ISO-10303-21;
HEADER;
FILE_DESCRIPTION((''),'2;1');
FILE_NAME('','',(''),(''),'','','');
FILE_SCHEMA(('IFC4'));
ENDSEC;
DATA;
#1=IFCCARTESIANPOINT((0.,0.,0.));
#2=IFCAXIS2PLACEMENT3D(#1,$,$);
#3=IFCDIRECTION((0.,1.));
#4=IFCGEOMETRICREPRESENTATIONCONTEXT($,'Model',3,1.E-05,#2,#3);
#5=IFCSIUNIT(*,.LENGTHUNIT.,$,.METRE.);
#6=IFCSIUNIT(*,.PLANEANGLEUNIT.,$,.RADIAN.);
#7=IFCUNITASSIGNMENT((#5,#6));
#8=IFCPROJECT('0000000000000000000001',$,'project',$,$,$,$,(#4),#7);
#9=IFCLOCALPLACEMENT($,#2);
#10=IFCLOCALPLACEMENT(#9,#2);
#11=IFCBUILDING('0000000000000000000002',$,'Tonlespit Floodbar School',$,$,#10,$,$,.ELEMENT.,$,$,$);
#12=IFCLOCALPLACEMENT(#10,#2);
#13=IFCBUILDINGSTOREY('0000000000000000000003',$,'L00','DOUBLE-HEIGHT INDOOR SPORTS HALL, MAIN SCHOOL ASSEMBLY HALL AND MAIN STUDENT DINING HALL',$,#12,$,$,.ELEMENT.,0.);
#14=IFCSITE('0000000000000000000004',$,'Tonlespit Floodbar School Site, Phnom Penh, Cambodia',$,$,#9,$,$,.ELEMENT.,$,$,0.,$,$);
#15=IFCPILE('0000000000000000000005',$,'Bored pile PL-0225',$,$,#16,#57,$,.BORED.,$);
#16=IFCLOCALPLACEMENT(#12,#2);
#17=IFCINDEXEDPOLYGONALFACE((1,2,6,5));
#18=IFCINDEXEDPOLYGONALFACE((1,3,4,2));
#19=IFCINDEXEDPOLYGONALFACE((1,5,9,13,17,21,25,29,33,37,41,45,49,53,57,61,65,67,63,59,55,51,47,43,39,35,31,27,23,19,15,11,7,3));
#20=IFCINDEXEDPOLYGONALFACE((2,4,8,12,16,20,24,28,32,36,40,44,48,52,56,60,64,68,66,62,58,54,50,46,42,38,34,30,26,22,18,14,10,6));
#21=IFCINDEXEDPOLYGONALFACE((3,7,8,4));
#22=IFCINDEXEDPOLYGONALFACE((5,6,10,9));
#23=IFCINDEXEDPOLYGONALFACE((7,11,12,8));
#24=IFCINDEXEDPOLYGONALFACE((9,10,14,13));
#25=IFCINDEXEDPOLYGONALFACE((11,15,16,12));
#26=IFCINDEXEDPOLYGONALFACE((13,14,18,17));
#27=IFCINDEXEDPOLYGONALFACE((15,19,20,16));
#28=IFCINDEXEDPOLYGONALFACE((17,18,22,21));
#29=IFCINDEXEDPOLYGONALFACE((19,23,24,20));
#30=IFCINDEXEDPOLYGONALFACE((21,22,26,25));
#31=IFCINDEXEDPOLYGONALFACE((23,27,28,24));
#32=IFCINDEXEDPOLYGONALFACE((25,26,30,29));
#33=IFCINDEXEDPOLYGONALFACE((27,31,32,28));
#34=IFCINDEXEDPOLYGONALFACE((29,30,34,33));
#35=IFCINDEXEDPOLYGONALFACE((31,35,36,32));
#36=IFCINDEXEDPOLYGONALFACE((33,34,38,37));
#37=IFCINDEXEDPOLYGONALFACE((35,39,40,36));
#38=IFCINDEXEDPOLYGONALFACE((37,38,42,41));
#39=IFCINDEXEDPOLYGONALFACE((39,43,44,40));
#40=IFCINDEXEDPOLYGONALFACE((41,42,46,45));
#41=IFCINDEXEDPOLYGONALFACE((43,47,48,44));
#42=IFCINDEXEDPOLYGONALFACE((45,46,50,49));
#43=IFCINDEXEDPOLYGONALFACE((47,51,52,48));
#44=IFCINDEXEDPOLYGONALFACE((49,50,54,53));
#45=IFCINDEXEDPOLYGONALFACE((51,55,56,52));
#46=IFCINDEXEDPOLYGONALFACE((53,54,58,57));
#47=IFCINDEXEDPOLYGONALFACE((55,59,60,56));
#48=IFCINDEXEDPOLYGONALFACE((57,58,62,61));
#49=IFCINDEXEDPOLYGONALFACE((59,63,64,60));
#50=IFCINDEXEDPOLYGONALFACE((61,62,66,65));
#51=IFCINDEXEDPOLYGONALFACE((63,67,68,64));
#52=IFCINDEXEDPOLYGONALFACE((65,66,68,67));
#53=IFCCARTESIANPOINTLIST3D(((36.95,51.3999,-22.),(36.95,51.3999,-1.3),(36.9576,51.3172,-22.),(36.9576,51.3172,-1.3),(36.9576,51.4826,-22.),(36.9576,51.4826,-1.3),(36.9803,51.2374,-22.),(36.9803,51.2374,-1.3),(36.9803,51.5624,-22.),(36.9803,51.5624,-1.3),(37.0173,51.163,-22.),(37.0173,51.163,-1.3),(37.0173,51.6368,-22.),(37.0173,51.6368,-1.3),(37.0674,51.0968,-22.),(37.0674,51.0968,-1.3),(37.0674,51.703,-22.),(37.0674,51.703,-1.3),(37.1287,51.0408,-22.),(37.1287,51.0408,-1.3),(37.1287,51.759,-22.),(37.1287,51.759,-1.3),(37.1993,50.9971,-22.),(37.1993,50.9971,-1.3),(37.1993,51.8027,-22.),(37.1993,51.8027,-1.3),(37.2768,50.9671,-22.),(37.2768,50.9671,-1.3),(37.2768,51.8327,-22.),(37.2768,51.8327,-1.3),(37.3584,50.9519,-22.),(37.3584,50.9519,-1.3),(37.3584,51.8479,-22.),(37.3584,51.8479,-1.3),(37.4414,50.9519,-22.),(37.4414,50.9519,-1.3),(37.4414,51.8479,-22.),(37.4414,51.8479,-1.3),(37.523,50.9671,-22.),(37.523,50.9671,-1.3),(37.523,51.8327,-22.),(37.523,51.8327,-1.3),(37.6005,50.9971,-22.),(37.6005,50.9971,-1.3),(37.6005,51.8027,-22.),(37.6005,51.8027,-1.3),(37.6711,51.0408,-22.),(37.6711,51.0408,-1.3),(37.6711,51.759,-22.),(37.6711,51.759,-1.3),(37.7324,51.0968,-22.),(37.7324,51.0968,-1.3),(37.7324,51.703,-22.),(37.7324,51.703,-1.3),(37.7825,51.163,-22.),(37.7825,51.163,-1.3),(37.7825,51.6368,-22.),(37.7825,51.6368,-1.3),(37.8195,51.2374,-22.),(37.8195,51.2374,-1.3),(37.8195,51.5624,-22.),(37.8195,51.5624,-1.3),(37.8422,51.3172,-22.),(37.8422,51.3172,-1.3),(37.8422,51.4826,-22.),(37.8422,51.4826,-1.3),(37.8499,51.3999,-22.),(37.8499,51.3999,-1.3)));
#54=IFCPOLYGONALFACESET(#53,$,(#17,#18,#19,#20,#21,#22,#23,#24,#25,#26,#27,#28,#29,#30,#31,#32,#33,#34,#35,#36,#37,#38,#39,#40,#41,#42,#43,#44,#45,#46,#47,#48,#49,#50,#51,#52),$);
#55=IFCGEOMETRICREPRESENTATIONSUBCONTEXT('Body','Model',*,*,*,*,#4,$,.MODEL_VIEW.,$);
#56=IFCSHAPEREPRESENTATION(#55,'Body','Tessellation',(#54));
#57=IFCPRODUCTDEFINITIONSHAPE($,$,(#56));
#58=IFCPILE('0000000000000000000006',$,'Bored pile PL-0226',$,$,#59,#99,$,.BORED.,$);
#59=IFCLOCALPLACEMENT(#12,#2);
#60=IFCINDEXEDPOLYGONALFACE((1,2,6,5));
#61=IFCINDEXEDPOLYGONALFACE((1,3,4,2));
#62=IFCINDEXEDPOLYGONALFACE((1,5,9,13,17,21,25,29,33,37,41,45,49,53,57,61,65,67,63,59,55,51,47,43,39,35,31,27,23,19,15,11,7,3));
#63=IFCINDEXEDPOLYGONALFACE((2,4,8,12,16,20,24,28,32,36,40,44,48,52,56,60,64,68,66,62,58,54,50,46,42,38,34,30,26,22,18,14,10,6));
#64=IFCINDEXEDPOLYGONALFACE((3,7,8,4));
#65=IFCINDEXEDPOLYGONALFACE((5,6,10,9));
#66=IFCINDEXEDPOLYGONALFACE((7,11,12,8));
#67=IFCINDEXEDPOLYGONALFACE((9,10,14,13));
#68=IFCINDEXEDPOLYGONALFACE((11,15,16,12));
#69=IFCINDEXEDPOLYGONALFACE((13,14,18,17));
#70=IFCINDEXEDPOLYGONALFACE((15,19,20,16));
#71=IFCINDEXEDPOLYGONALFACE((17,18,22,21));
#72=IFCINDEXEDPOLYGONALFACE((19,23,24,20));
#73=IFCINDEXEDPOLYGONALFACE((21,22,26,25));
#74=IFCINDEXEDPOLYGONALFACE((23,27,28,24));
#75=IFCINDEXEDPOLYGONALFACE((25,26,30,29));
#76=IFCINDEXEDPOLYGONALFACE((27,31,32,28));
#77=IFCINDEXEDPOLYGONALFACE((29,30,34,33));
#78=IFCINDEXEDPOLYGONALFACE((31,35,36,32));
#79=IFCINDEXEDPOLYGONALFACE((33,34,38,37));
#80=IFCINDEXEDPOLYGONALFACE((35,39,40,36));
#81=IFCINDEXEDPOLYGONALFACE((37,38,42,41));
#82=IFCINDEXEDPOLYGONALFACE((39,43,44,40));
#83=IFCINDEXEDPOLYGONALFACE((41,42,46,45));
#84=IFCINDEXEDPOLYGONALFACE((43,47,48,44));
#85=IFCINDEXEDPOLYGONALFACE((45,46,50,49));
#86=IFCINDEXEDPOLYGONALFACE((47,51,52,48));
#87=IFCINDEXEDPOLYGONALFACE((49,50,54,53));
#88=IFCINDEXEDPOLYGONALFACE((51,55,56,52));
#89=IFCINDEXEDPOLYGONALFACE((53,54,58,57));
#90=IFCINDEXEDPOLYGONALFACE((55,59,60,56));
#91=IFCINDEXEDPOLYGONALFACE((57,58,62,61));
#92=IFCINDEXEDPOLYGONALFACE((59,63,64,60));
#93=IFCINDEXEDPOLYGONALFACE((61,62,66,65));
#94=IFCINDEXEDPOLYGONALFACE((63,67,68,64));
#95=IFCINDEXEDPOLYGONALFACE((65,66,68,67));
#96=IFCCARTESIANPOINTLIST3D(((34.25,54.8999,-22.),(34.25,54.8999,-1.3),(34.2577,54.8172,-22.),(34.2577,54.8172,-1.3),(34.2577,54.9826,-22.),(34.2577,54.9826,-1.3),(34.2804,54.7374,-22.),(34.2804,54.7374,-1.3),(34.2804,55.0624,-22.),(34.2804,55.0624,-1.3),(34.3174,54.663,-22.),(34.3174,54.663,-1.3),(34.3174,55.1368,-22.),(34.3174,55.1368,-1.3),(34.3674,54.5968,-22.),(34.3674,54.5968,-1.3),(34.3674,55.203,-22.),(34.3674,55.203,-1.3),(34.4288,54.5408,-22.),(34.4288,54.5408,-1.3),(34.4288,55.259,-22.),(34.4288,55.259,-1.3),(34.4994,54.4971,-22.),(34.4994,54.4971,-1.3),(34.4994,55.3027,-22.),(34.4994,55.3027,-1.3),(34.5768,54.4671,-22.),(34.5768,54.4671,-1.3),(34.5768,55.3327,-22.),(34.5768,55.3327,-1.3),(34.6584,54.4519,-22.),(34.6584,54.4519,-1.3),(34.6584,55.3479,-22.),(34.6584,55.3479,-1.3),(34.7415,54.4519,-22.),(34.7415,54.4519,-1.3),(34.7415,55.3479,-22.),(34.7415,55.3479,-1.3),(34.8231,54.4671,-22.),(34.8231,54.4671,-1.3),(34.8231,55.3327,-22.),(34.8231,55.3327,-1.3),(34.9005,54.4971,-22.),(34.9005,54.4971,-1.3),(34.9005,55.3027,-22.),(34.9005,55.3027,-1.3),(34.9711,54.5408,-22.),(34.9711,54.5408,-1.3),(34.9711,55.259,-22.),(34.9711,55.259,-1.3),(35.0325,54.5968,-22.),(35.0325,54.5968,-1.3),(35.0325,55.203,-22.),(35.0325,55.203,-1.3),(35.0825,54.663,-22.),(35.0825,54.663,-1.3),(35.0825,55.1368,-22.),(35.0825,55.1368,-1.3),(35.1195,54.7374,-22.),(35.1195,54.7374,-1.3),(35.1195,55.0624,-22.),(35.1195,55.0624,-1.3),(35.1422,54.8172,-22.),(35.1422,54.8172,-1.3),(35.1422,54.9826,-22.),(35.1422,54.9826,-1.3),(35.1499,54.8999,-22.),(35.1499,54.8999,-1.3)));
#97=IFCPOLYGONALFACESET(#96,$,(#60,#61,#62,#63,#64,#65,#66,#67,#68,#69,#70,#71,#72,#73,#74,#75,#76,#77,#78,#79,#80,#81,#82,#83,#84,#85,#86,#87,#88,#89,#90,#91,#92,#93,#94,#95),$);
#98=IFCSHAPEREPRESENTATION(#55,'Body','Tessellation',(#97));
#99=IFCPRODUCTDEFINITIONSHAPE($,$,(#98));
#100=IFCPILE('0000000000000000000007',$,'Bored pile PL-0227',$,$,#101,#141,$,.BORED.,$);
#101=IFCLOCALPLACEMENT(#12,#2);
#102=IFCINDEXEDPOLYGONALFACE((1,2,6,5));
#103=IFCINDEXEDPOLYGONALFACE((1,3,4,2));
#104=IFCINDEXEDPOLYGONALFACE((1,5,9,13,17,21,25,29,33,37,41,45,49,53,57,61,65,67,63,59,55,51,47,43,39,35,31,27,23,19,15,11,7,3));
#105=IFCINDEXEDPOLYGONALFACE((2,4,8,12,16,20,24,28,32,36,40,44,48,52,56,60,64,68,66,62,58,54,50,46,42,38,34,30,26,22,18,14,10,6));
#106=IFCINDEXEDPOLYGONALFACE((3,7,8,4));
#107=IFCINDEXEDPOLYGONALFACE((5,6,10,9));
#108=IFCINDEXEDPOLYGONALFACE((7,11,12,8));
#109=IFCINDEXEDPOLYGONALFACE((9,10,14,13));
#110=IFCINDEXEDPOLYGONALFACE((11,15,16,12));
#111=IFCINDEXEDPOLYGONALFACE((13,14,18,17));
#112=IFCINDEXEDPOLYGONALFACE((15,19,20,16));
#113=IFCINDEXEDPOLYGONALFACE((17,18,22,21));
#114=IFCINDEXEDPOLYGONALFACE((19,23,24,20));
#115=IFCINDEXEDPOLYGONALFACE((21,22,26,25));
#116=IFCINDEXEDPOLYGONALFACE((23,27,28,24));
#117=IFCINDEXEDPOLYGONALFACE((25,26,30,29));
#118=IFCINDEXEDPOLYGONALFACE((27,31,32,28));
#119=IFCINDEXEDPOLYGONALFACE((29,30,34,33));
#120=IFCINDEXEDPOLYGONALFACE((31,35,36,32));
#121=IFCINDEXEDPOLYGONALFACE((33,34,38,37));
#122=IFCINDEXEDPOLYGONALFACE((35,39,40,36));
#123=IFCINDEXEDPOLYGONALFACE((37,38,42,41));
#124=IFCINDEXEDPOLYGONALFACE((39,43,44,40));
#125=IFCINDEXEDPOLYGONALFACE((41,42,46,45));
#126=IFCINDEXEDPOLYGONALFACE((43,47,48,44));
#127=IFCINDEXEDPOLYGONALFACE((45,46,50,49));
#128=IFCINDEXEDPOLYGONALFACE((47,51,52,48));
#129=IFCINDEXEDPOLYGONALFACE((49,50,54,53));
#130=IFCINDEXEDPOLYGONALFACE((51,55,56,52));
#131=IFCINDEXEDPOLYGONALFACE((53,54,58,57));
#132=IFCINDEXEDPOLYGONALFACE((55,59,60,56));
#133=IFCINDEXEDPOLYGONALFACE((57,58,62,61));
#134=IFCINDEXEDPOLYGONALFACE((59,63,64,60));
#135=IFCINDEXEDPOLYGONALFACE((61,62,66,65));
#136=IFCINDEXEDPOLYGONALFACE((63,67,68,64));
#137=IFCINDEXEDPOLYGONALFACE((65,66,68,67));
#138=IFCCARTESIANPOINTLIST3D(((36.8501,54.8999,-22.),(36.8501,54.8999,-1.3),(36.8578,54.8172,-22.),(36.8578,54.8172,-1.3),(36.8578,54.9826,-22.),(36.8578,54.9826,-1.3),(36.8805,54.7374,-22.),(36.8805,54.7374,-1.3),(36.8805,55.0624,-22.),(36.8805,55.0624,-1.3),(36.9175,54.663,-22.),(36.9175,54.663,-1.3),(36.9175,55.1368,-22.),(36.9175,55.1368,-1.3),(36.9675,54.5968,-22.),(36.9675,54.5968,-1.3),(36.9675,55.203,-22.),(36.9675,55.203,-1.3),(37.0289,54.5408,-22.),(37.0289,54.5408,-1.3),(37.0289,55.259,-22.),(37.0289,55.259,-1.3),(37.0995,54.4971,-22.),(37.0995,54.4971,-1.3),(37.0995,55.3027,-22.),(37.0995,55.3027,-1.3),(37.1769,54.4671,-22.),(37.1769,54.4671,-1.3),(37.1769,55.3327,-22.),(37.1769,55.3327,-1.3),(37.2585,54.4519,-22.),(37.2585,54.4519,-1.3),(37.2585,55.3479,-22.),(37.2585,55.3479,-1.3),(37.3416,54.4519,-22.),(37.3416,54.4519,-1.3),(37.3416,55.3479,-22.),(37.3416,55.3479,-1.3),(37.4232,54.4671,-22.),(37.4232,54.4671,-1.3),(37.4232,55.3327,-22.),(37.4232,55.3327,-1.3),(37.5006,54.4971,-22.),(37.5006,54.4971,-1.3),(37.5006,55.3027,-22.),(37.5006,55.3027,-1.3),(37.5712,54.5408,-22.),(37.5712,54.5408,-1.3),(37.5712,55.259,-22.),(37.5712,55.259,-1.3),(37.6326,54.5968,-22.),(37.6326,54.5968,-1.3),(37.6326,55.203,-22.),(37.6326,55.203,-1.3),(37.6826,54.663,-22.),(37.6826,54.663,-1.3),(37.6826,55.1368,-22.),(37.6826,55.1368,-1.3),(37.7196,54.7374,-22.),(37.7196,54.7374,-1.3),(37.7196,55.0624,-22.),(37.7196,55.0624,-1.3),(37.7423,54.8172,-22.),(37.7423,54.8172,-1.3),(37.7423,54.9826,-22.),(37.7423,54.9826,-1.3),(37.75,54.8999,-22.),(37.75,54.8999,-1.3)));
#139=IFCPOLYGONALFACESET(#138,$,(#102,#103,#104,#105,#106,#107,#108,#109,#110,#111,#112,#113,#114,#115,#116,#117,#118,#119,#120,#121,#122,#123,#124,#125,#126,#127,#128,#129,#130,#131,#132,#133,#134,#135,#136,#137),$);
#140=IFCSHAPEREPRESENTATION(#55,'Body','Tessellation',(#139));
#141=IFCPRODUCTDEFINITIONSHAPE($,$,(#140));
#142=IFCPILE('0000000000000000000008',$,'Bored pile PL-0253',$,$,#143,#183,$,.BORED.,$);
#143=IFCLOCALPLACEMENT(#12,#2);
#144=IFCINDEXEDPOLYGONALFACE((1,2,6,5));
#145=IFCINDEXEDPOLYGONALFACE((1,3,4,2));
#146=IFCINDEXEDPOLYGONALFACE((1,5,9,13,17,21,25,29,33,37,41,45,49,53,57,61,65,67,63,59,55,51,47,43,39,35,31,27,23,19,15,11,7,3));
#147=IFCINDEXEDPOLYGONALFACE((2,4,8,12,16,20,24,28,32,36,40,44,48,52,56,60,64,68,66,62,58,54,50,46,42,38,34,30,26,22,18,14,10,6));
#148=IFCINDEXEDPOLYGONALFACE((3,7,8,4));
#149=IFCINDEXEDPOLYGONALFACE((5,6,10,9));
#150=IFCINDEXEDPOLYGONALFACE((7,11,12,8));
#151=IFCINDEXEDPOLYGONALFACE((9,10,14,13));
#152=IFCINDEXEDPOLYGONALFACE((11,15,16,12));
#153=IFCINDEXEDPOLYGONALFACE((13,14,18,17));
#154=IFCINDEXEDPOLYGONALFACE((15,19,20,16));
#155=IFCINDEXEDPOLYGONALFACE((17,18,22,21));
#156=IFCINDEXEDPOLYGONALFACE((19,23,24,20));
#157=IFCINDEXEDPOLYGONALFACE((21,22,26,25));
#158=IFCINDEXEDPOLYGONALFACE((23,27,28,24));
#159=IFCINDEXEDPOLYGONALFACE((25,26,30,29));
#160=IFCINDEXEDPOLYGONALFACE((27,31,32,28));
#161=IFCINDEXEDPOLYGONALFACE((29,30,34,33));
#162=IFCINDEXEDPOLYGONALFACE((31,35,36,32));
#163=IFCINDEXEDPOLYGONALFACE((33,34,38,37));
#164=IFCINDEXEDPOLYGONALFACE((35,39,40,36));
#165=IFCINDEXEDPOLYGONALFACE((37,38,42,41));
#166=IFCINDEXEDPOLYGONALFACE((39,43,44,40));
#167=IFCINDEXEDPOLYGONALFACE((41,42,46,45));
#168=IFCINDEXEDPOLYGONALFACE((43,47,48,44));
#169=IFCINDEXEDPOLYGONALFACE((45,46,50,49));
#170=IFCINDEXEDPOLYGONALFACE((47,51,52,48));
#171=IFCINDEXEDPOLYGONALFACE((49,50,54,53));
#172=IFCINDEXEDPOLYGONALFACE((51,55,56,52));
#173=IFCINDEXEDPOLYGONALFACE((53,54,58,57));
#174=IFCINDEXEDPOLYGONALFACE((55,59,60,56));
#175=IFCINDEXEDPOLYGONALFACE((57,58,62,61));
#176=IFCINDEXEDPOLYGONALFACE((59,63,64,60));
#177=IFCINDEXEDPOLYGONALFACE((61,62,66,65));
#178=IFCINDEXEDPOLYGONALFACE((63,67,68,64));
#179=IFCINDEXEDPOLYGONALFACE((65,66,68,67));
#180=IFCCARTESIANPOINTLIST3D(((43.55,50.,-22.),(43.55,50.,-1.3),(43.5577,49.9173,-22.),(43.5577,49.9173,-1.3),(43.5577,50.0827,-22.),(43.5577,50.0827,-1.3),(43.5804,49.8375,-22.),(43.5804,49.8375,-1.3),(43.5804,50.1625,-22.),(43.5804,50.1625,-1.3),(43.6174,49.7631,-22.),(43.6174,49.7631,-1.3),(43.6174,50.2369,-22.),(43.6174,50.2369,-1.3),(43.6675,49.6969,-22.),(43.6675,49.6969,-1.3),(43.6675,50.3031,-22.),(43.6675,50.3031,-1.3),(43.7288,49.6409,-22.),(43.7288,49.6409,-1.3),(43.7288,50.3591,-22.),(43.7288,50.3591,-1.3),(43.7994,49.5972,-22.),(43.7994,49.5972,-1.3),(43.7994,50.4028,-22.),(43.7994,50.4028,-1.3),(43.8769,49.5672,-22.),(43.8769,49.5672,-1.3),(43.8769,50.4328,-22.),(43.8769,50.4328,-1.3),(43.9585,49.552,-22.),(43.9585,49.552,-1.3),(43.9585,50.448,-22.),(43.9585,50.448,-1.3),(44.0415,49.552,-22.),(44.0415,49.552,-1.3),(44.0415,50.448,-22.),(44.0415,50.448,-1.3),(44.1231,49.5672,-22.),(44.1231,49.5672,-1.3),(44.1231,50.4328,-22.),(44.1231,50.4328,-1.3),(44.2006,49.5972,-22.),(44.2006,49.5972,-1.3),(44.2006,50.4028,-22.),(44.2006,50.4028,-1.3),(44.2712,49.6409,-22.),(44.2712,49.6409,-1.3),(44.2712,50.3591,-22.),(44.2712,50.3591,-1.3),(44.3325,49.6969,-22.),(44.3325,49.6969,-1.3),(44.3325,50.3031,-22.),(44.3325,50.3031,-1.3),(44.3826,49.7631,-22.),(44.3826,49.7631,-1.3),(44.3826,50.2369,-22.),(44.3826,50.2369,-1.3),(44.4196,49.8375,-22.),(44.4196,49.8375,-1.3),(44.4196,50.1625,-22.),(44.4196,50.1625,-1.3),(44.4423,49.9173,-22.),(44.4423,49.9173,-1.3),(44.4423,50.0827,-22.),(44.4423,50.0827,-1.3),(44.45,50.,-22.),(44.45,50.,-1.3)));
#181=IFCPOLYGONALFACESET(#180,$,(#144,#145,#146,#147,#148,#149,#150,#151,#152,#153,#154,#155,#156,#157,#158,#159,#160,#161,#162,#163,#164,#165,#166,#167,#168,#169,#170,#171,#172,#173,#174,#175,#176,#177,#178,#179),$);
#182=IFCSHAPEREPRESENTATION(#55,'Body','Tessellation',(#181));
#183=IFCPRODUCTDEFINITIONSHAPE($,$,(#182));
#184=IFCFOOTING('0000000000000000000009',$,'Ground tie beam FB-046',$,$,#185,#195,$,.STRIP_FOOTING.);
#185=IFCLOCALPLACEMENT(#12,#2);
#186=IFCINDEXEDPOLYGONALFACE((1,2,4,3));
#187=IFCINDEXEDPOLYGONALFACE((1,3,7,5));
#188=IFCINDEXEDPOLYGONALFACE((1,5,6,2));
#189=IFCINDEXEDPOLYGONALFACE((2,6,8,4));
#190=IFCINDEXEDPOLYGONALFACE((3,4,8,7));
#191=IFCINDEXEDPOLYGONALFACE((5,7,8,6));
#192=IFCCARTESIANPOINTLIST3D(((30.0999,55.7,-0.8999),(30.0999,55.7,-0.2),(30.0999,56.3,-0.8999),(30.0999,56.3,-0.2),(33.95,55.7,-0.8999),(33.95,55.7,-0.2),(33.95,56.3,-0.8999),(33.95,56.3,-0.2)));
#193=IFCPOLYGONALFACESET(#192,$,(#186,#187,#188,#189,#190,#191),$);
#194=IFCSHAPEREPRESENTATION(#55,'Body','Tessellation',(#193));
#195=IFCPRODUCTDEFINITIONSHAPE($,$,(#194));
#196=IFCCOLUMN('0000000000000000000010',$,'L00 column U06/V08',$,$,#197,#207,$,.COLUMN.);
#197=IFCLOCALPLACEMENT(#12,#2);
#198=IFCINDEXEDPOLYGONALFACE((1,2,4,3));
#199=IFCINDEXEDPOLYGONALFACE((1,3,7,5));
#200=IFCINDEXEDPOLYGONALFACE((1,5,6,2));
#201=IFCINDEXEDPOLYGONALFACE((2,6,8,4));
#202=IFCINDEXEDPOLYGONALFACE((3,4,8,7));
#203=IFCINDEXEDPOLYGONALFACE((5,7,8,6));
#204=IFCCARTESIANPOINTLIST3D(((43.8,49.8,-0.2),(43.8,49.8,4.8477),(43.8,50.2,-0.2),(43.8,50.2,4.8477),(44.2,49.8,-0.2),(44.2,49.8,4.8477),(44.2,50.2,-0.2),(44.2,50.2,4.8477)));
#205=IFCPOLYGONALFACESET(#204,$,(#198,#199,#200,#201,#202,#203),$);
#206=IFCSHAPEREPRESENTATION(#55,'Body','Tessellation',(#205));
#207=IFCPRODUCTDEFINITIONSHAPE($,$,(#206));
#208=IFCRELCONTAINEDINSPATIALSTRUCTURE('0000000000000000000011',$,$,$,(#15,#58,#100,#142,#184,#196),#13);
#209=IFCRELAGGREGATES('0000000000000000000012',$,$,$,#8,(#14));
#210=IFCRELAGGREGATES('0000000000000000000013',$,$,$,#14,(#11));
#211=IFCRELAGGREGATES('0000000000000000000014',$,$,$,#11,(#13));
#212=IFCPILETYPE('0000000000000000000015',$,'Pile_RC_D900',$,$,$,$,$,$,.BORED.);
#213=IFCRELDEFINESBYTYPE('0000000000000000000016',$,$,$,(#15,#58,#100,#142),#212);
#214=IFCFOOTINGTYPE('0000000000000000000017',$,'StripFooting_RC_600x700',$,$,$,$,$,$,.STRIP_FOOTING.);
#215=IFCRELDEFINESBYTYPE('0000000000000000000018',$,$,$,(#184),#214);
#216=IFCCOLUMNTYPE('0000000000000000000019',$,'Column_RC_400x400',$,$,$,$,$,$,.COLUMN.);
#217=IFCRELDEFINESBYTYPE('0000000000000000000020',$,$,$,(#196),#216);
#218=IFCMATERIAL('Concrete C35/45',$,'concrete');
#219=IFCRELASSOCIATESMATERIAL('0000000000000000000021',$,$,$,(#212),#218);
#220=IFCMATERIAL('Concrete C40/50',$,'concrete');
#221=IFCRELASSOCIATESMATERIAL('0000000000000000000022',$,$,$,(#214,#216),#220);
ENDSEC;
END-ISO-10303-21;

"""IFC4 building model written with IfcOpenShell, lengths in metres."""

from ifc_helpers import new_model, si_unit, direction, frame, origin, origin_2d, place, context, subcontext, project, spatial, rectangle, circle, extrude, material, material_profile, profile_set, type_object, element, save


model = new_model("IFC4")

# Units and contexts
model_context = context("Model", 3, precision=1e-05, world=origin(), true_north=direction((0.0, 1.0)))
body_context = subcontext(model_context, "Body", "Model", "MODEL_VIEW")
ifc_project = project(units=[si_unit("LENGTHUNIT", "METRE"), si_unit("PLANEANGLEUNIT", "RADIAN")], contexts=[model_context])

# Site, building, storey
site_placement = place(None, origin())
site = spatial("IfcSite", under=ifc_project, at=site_placement, Name="Tonlespit Floodbar School Site, Phnom Penh, Cambodia", CompositionType="ELEMENT", RefElevation=0.0)
building_placement = place(site_placement, origin())
building = spatial("IfcBuilding", under=site, at=building_placement, Name="Tonlespit Floodbar School", CompositionType="ELEMENT")
storey_placement = place(building_placement, origin())
storey = spatial("IfcBuildingStorey", under=building, at=storey_placement, Name="L00", Description="DOUBLE-HEIGHT INDOOR SPORTS HALL, MAIN SCHOOL ASSEMBLY HALL AND MAIN STUDENT DINING HALL", CompositionType="ELEMENT", Elevation=0.0)

# Shared definitions
ifc_material_1 = material(Name="Concrete C40/50", Category="concrete")

# Piles
ifc_material_2 = material(Name="Concrete C35/45", Category="concrete")
ifc_material_profile_1 = material_profile(ifc_material_2, circle(Radius=0.45, at=origin_2d()), Name="BP D900")
ifc_profile_set_1 = profile_set([ifc_material_profile_1], Name="Concrete C35/45")
pile_type = type_object("IfcPileType", Name="Pile_RC_D900", PredefinedType="BORED", material=ifc_profile_set_1)
for number, where, z_axis, x_axis, name in (
    (1, (37.3999, 51.3999, -1.3), (0.0, 0.0, -1.0), (1.0, 0.0, 0.0), "Bored pile PL-0225"),
    (2, (34.7, 54.8999, -1.3), (0.0, 0.0, -1.0), (1.0, 0.0, 0.0), "Bored pile PL-0226"),
    (3, (37.3, 54.8999, -1.3), (0.0, 0.0, -1.0), (1.0, 0.0, 0.0), "Bored pile PL-0227"),
    (4, (44.0, 50.0, -1.3), (0.0, 0.0, -1.0), (1.0, 0.0, 0.0), "Bored pile PL-0253"),
):
    element("IfcPile", number, at=place(storey_placement, frame(where, z_axis=z_axis, x_axis=x_axis)), inside=storey, type_object=pile_type, Name=name, PredefinedType="BORED", context=body_context, shape_type="SweptSolid", body=[
        extrude(circle(Radius=0.45, at=origin_2d()), origin(), (0.0, 0.0, 1.0), 20.7),
    ])

# Footing
footing_type_1 = type_object("IfcFootingType", Name="StripFooting_RC_600x700", PredefinedType="STRIP_FOOTING", material=ifc_material_1)
footing_1_placement = place(storey_placement, frame((32.0249, 56.0, -0.8999), z_axis=(0.0, 0.0, 1.0), x_axis=(1.0, 0.0, 0.0)))
element("IfcFooting", 5, at=footing_1_placement, inside=storey, type_object=footing_type_1, Name="Ground tie beam FB-046", PredefinedType="STRIP_FOOTING", context=body_context, shape_type="SweptSolid", body=[
    extrude(rectangle(XDim=3.8501, YDim=0.6001, at=origin_2d()), origin(), (0.0, 0.0, 1.0), 0.7),
])

# Column
ifc_material_profile_2 = material_profile(ifc_material_1, rectangle(XDim=0.3999, YDim=0.3999, at=origin_2d()), Name="RC 400x400")
ifc_profile_set_2 = profile_set([ifc_material_profile_2], Name="Concrete C40/50")
column_type_1 = type_object("IfcColumnType", Name="Column_RC_400x400", PredefinedType="COLUMN", material=ifc_profile_set_2)
column_1_placement = place(storey_placement, frame((44.0, 50.0, -0.2), z_axis=(0.0, 0.0, 1.0), x_axis=(1.0, 0.0, 0.0)))
element("IfcColumn", 6, at=column_1_placement, inside=storey, type_object=column_type_1, Name="L00 column U06/V08", PredefinedType="COLUMN", context=body_context, shape_type="SweptSolid", body=[
    extrude(rectangle(XDim=0.3999, YDim=0.3999, at=origin_2d()), origin(), (0.0, 0.0, 1.0), 5.0476),
])

save(model, "model.ifc")
